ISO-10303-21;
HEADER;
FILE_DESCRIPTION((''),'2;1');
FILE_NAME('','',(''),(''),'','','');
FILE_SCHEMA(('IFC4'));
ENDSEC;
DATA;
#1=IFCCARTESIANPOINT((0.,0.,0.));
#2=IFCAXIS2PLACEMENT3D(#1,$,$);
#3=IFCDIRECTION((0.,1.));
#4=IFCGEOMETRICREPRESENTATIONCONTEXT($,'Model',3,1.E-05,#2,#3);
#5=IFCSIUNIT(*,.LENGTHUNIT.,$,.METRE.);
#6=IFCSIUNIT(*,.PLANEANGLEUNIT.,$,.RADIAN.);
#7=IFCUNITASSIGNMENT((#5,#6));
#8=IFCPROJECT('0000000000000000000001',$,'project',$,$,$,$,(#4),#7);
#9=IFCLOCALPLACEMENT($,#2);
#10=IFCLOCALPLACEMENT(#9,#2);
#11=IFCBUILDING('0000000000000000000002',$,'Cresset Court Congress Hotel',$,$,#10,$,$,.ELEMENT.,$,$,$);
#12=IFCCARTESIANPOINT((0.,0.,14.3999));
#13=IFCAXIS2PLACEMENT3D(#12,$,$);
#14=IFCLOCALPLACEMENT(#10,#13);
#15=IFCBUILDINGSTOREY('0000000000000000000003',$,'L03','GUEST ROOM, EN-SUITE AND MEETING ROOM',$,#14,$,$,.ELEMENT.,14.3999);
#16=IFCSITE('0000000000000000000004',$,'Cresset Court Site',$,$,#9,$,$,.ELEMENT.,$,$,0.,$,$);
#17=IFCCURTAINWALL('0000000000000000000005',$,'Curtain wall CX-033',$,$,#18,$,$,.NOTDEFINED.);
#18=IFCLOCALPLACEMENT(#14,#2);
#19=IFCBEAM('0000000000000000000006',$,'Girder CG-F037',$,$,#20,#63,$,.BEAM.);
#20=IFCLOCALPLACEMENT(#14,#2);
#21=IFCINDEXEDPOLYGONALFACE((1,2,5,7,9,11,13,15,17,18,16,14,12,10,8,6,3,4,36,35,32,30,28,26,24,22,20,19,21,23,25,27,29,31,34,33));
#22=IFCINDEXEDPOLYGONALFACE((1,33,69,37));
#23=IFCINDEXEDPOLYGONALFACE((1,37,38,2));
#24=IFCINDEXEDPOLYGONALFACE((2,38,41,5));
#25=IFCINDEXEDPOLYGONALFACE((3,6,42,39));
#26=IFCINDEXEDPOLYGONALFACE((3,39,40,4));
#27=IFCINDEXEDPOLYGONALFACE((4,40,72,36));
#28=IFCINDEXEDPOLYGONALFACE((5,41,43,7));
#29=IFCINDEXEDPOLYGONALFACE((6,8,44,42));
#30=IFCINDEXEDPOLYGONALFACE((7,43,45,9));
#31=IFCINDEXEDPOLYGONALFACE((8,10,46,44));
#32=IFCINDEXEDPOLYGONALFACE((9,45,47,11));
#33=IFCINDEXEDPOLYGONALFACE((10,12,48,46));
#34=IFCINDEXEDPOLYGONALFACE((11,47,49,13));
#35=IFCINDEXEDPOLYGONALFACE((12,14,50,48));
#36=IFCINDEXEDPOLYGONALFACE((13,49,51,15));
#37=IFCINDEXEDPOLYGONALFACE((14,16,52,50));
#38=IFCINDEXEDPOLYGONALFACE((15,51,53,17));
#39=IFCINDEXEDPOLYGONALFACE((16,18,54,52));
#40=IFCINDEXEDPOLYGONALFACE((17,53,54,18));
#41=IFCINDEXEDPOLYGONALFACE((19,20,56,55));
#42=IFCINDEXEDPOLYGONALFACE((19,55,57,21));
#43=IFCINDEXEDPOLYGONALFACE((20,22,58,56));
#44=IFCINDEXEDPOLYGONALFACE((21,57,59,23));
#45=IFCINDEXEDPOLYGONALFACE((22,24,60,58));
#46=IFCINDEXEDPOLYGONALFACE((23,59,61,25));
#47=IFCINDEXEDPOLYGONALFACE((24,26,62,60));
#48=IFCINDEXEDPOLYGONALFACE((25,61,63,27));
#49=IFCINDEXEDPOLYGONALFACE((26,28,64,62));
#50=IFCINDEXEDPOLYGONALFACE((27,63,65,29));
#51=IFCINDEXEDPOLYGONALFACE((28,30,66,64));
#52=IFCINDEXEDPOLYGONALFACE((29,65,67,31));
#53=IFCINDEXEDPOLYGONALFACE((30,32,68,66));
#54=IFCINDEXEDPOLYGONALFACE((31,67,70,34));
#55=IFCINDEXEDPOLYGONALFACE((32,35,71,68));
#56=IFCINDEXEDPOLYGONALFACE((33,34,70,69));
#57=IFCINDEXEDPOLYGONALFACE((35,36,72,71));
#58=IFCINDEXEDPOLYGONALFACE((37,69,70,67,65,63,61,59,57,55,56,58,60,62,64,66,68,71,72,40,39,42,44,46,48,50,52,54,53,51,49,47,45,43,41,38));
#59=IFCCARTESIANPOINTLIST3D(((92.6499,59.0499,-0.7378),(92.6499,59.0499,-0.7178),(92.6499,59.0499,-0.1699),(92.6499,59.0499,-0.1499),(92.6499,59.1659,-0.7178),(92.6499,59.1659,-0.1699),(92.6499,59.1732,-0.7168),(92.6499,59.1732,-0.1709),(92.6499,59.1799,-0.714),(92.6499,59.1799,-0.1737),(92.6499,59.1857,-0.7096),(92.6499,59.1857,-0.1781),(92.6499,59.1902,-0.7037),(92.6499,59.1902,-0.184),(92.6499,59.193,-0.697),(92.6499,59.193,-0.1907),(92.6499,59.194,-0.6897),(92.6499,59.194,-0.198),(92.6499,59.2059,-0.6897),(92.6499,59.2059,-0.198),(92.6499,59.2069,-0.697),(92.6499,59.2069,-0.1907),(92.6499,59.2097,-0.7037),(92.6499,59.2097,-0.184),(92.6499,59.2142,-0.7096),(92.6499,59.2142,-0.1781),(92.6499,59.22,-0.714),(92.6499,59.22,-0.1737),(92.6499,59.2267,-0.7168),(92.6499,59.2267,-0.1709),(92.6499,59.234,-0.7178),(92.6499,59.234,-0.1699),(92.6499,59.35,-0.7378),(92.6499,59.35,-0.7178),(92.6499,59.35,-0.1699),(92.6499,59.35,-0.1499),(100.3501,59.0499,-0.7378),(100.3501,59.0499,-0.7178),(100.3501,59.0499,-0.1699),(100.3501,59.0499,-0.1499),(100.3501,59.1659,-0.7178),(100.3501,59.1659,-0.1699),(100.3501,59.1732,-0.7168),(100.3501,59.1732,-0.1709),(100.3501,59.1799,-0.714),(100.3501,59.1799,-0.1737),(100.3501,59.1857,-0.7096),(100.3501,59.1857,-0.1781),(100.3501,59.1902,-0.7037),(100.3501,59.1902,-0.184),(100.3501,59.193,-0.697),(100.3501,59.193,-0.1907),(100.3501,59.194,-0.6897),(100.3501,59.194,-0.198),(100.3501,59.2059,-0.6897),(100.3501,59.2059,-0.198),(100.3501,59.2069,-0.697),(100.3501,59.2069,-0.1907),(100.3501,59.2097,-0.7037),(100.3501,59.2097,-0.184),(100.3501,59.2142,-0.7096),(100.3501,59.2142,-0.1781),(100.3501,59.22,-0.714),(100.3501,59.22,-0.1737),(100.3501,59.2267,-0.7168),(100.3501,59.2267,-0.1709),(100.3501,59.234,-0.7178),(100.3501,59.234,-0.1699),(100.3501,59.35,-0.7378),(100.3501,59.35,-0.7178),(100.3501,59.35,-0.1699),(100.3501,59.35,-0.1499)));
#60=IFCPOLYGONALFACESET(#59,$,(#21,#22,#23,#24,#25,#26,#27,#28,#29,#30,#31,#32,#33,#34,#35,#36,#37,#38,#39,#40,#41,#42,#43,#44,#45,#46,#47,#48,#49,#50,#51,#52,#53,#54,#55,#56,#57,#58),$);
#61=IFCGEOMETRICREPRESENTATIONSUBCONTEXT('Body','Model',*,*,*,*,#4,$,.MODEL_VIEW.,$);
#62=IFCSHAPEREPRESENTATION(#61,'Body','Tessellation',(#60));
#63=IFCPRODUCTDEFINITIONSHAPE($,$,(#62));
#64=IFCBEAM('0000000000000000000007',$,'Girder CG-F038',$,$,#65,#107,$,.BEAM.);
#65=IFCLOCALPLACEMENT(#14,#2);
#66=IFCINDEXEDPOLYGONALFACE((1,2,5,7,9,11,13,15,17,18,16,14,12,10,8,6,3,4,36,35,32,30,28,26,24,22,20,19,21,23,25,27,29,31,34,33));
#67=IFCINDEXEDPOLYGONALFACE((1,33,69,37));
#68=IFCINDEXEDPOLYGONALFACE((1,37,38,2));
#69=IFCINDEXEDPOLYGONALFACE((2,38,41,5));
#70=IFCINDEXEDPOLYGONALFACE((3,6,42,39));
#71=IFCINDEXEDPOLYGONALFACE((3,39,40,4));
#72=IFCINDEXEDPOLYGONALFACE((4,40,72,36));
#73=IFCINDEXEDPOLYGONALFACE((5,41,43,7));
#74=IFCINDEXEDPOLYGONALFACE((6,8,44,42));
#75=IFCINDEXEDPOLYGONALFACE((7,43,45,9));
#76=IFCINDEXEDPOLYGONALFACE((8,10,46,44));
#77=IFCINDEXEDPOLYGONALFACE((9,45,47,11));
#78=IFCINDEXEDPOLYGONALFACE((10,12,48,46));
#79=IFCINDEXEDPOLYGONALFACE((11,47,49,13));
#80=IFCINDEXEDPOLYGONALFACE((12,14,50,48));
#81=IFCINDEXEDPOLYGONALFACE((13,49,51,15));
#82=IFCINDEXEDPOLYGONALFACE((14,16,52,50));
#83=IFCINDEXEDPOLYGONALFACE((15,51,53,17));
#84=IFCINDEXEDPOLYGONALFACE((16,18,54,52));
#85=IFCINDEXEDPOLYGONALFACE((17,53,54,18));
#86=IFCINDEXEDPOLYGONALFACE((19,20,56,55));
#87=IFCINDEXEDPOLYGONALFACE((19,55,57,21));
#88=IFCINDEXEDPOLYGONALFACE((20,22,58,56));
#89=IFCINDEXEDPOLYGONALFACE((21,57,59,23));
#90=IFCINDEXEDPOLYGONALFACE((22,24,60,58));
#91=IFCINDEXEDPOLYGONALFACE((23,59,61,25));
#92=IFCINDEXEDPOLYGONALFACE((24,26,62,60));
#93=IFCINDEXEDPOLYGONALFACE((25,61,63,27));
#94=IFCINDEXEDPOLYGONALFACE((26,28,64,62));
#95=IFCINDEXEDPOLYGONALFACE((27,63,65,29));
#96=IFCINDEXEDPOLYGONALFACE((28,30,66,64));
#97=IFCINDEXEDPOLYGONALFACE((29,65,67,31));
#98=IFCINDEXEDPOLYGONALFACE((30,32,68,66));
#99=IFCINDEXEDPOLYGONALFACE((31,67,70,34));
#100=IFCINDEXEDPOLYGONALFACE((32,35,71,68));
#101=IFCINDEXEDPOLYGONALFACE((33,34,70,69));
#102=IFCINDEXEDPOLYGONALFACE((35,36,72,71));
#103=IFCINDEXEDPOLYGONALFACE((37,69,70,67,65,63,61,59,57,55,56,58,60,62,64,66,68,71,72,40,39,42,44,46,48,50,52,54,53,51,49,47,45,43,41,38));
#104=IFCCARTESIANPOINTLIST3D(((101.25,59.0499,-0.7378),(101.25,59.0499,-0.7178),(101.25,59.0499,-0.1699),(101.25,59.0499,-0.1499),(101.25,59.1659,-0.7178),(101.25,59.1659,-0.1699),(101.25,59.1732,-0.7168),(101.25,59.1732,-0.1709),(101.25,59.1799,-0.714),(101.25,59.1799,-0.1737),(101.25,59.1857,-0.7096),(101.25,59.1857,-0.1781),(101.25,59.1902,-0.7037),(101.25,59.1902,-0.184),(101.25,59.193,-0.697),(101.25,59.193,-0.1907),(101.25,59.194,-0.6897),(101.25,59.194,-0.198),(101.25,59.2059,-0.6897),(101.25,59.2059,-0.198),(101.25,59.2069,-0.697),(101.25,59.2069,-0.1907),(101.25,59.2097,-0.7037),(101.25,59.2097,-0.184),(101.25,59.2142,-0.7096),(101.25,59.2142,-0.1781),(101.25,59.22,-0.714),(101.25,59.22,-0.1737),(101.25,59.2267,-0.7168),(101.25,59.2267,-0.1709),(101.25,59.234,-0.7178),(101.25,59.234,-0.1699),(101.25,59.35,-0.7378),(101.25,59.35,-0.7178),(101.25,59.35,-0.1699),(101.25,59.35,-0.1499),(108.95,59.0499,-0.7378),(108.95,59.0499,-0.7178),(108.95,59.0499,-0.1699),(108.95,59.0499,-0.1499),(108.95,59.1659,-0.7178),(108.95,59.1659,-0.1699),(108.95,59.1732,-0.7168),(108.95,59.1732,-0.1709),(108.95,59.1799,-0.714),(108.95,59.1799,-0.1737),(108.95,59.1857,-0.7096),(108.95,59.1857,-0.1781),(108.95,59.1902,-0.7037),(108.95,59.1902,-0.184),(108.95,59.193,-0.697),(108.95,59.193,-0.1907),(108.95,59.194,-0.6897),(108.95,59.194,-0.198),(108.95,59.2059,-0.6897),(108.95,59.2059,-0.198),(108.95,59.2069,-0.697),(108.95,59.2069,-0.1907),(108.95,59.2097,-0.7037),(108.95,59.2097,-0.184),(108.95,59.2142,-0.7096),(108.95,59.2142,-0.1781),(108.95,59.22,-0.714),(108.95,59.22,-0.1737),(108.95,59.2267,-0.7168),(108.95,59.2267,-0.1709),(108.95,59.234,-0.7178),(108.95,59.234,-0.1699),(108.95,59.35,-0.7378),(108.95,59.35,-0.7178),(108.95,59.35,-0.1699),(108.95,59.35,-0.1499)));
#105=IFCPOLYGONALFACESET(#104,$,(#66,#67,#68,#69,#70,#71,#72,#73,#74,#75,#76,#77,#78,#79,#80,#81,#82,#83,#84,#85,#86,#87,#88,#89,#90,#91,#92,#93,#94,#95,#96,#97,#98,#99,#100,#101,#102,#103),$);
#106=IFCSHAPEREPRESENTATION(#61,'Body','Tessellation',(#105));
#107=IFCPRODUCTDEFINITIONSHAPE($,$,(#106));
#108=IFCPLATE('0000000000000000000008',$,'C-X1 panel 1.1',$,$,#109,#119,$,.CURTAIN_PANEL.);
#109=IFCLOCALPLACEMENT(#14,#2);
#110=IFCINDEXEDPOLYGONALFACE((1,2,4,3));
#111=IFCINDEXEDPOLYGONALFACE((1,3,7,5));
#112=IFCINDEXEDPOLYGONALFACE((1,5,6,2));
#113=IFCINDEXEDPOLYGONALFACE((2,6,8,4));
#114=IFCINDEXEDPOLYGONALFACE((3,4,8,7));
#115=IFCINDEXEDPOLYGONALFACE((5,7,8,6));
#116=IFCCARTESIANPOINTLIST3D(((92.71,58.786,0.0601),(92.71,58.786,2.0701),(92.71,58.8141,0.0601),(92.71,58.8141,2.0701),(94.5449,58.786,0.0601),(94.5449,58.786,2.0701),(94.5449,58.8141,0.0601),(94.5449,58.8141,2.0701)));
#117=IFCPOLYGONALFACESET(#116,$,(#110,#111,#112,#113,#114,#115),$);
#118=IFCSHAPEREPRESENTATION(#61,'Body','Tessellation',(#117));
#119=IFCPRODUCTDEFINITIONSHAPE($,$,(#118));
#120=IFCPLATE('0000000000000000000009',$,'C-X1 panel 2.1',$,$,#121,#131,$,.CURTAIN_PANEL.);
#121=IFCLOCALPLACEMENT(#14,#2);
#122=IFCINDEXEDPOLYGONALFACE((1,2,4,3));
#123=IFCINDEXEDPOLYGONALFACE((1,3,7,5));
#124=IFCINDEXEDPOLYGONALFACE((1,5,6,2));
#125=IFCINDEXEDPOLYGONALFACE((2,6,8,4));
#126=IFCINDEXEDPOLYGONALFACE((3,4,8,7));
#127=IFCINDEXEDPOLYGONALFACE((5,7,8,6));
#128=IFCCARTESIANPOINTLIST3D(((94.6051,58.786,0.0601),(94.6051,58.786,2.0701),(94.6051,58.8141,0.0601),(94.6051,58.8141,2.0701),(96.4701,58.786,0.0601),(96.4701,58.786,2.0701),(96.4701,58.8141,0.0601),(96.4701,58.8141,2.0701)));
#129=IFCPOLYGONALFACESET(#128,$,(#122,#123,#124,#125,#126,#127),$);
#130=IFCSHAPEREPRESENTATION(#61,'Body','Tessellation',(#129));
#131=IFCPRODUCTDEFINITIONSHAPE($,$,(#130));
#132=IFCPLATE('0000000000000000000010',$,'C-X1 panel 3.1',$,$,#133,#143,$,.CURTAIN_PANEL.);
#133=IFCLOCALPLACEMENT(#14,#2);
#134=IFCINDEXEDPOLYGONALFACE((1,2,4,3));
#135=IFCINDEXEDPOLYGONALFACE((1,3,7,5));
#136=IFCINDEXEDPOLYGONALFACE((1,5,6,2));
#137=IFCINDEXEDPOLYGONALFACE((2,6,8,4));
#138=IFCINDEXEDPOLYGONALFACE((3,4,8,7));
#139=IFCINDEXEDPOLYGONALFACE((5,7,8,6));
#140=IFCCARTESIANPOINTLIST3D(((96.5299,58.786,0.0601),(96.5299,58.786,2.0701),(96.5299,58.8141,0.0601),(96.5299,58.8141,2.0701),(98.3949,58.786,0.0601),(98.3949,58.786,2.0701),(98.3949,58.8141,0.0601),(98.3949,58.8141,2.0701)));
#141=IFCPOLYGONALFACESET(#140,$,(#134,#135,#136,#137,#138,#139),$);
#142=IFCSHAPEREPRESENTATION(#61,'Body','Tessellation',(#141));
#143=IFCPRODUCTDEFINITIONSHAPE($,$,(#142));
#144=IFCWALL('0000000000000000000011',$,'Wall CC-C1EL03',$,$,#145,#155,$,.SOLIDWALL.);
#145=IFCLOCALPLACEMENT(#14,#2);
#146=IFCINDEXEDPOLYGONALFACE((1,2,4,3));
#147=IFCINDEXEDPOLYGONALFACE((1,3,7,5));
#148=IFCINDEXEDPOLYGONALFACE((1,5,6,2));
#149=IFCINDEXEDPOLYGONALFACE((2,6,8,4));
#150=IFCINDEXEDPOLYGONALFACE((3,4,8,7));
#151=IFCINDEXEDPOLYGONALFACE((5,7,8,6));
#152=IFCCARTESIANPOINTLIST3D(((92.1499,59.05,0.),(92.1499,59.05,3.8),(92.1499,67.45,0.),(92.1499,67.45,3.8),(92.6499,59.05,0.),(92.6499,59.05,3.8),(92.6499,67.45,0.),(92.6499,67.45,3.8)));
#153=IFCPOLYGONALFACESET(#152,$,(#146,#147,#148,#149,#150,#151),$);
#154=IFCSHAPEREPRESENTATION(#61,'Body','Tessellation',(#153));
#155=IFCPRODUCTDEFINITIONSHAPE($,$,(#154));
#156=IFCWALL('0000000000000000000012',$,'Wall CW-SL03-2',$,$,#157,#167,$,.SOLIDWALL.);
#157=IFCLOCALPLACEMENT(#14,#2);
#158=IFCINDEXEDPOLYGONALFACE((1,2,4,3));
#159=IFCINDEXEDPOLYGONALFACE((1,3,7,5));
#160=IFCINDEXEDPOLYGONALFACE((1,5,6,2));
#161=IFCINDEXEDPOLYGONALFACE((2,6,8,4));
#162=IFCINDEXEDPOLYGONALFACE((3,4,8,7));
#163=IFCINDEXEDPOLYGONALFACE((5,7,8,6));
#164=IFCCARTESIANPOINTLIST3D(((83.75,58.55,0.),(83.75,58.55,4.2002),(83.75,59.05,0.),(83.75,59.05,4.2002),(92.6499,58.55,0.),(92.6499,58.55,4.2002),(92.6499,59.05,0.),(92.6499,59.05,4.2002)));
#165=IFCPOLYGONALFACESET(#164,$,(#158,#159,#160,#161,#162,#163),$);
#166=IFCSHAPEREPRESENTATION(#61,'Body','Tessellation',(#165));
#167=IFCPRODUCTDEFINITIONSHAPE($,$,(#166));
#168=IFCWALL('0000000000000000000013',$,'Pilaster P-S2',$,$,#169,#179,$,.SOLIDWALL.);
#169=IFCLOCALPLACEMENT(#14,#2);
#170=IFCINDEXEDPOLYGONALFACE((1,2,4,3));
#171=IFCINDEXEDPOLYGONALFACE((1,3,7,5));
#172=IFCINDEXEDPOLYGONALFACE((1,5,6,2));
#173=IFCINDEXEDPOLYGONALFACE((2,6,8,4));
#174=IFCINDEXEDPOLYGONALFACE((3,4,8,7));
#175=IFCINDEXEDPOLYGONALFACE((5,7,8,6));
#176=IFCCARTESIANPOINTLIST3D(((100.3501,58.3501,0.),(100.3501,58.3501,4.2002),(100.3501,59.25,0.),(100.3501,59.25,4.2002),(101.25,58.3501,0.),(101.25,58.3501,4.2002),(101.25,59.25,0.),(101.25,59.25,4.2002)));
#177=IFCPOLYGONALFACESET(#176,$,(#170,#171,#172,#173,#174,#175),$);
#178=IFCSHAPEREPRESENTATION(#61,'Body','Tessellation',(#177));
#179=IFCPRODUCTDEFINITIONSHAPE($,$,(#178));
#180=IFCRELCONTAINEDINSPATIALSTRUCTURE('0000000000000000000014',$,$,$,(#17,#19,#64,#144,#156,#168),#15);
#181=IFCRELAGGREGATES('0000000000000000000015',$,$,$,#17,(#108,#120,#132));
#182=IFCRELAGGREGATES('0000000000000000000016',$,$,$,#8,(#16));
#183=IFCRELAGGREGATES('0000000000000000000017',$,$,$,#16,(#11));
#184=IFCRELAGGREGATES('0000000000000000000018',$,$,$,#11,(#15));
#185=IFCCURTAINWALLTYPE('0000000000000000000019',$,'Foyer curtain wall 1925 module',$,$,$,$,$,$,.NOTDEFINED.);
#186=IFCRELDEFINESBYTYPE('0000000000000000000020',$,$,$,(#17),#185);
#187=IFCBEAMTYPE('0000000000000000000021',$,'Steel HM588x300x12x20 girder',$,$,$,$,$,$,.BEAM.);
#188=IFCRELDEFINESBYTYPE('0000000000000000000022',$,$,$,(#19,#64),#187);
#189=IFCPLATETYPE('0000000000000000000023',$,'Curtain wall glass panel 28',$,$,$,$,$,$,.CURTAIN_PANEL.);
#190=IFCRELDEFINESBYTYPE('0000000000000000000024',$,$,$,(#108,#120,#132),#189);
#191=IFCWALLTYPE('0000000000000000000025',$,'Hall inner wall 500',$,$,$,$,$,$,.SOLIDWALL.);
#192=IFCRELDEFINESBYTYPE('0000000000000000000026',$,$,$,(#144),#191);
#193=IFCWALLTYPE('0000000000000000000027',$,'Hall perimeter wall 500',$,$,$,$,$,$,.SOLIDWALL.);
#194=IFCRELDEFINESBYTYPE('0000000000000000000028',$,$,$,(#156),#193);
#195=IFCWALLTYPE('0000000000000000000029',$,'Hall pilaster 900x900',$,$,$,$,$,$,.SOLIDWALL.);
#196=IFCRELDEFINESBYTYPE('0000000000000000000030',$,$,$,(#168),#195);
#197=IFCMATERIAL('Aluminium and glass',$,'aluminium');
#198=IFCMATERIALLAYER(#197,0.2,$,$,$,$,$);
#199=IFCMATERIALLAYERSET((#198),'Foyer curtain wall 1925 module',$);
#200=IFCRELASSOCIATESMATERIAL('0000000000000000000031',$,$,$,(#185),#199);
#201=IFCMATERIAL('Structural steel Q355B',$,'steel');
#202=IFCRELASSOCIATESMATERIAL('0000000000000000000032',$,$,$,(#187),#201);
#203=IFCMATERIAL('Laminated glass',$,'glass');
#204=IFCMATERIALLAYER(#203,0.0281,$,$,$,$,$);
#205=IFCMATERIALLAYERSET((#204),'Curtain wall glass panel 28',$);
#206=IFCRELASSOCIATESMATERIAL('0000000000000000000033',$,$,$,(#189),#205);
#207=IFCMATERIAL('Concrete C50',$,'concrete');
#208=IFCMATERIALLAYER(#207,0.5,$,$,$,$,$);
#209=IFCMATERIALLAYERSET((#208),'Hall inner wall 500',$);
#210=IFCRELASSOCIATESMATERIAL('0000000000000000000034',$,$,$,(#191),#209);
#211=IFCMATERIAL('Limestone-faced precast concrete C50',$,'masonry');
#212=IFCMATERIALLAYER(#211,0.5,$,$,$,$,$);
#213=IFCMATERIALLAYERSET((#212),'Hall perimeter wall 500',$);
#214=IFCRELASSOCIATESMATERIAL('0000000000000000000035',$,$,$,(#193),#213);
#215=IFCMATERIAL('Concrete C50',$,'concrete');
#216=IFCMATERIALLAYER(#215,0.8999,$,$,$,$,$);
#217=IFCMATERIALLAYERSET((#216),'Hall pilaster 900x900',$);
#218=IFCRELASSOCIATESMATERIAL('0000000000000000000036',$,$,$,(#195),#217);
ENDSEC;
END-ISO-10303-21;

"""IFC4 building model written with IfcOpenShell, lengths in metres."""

from ifc_helpers import new_model, si_unit, direction, frame, frame_2d, origin, origin_2d, place, context, subcontext, project, spatial, rectangle, i_section, extrude, material, layer, layer_set, material_profile, profile_set, type_object, element, aggregate, save


model = new_model("IFC4")

# Units and contexts
model_context = context("Model", 3, precision=1e-05, world=origin(), true_north=direction((0.0, 1.0)))
body_context = subcontext(model_context, "Body", "Model", "MODEL_VIEW")
ifc_project = project(units=[si_unit("LENGTHUNIT", "METRE"), si_unit("PLANEANGLEUNIT", "RADIAN")], contexts=[model_context])

# Site, building, storey
site_placement = place(None, origin())
site = spatial("IfcSite", under=ifc_project, at=site_placement, Name="Cresset Court Site", CompositionType="ELEMENT", RefElevation=0.0)
building_placement = place(site_placement, origin())
building = spatial("IfcBuilding", under=site, at=building_placement, Name="Cresset Court Congress Hotel", CompositionType="ELEMENT")
storey_placement = place(building_placement, frame((0.0, 0.0, 14.3999)))
storey = spatial("IfcBuildingStorey", under=building, at=storey_placement, Name="L03", Description="GUEST ROOM, EN-SUITE AND MEETING ROOM", CompositionType="ELEMENT", Elevation=14.3999)

# Curtain wall
ifc_material_1 = material(Name="Aluminium and glass", Category="aluminium")
ifc_layer_1 = layer(ifc_material_1, 0.2)
ifc_layer_set_1 = layer_set([ifc_layer_1], Name="Foyer curtain wall 1925 module")
curtain_wall_type = type_object("IfcCurtainWallType", Name="Foyer curtain wall 1925 module", PredefinedType="NOTDEFINED", material=ifc_layer_set_1)
curtain_wall_1_placement = place(storey_placement, origin())
curtain_wall_1 = element("IfcCurtainWall", 1, at=curtain_wall_1_placement, inside=storey, type_object=curtain_wall_type, Name="Curtain wall CX-033", PredefinedType="NOTDEFINED")

# Beams
ifc_material_2 = material(Name="Structural steel Q355B", Category="steel")
ifc_material_profile_1 = material_profile(ifc_material_2, i_section(OverallWidth=0.3, OverallDepth=0.5879, WebThickness=0.012, FlangeThickness=0.02, FilletRadius=0.0281, at=origin_2d()), Name="HM588x300x12x20")
ifc_profile_set_1 = profile_set([ifc_material_profile_1], Name="Structural steel Q355B")
beam_type = type_object("IfcBeamType", Name="Steel HM588x300x12x20 girder", PredefinedType="BEAM", material=ifc_profile_set_1)
beam_1_placement = place(storey_placement, frame((92.6499, 59.2, -0.4438), z_axis=(1.0, 0.0, 0.0), x_axis=(0.0, 1.0, 0.0)))
element("IfcBeam", 2, at=beam_1_placement, inside=storey, type_object=beam_type, Name="Girder CG-F037", PredefinedType="BEAM", context=body_context, shape_type="SweptSolid", body=[
    extrude(i_section(OverallWidth=0.3, OverallDepth=0.5879, WebThickness=0.012, FlangeThickness=0.02, FilletRadius=0.0281, at=origin_2d()), origin(), (0.0, 0.0, 1.0), 7.7002),
])
beam_2_placement = place(storey_placement, frame((101.25, 59.2, -0.4438), z_axis=(1.0, 0.0, 0.0), x_axis=(0.0, 1.0, 0.0)))
element("IfcBeam", 3, at=beam_2_placement, inside=storey, type_object=beam_type, Name="Girder CG-F038", PredefinedType="BEAM", context=body_context, shape_type="SweptSolid", body=[
    extrude(i_section(OverallWidth=0.3, OverallDepth=0.5879, WebThickness=0.012, FlangeThickness=0.02, FilletRadius=0.0281, at=origin_2d()), origin(), (0.0, 0.0, 1.0), 7.7),
])

# Plates
ifc_material_3 = material(Name="Laminated glass", Category="glass")
ifc_layer_2 = layer(ifc_material_3, 0.0281)
ifc_layer_set_2 = layer_set([ifc_layer_2], Name="Curtain wall glass panel 28")
plate_type = type_object("IfcPlateType", Name="Curtain wall glass panel 28", PredefinedType="CURTAIN_PANEL", material=ifc_layer_set_2)
plate_1_placement = place(storey_placement, frame((93.6274, 58.8, 0.0601), z_axis=(0.0, 0.0, 1.0), x_axis=(1.0, 0.0, 0.0)))
plate_1 = element("IfcPlate", 4, at=plate_1_placement, type_object=plate_type, Name="C-X1 panel 1.1", PredefinedType="CURTAIN_PANEL", context=body_context, shape_type="SweptSolid", body=[
    extrude(rectangle(XDim=1.835, YDim=0.0281, at=origin_2d()), origin(), (0.0, 0.0, 1.0), 2.01),
])
plate_2_placement = place(storey_placement, frame((95.5376, 58.8, 0.0601), z_axis=(0.0, 0.0, 1.0), x_axis=(1.0, 0.0, 0.0)))
plate_2 = element("IfcPlate", 5, at=plate_2_placement, type_object=plate_type, Name="C-X1 panel 2.1", PredefinedType="CURTAIN_PANEL", context=body_context, shape_type="SweptSolid", body=[
    extrude(rectangle(XDim=1.865, YDim=0.0281, at=origin_2d()), origin(), (0.0, 0.0, 1.0), 2.01),
])
plate_3_placement = place(storey_placement, frame((97.4624, 58.8, 0.0601), z_axis=(0.0, 0.0, 1.0), x_axis=(1.0, 0.0, 0.0)))
plate_3 = element("IfcPlate", 6, at=plate_3_placement, type_object=plate_type, Name="C-X1 panel 3.1", PredefinedType="CURTAIN_PANEL", context=body_context, shape_type="SweptSolid", body=[
    extrude(rectangle(XDim=1.865, YDim=0.0281, at=origin_2d()), origin(), (0.0, 0.0, 1.0), 2.01),
])
aggregate(curtain_wall_1, [plate_1, plate_2, plate_3])

# Walls
ifc_material_4 = material(Name="Concrete C50", Category="concrete")
ifc_layer_3 = layer(ifc_material_4, 0.5)
ifc_layer_set_3 = layer_set([ifc_layer_3], Name="Hall inner wall 500")
wall_type_1 = type_object("IfcWallType", Name="Hall inner wall 500", PredefinedType="SOLIDWALL", material=ifc_layer_set_3)
wall_1_placement = place(storey_placement, frame((92.3999, 59.05, 0.0), z_axis=(0.0, 0.0, 1.0), x_axis=(0.0, 1.0, 0.0)))
element("IfcWall", 7, at=wall_1_placement, inside=storey, type_object=wall_type_1, Name="Wall CC-C1EL03", PredefinedType="SOLIDWALL", context=body_context, shape_type="SweptSolid", body=[
    extrude(rectangle(XDim=8.3999, YDim=0.5, at=frame_2d((4.2, 0.0))), origin(), (0.0, 0.0, 1.0), 3.8),
])
ifc_material_5 = material(Name="Limestone-faced precast concrete C50", Category="masonry")
ifc_layer_4 = layer(ifc_material_5, 0.5)
ifc_layer_set_4 = layer_set([ifc_layer_4], Name="Hall perimeter wall 500")
wall_type_2 = type_object("IfcWallType", Name="Hall perimeter wall 500", PredefinedType="SOLIDWALL", material=ifc_layer_set_4)
wall_2_placement = place(storey_placement, frame((92.6499, 58.8, 0.0), z_axis=(0.0, 0.0, 1.0), x_axis=(-1.0, 0.0, 0.0)))
element("IfcWall", 8, at=wall_2_placement, inside=storey, type_object=wall_type_2, Name="Wall CW-SL03-2", PredefinedType="SOLIDWALL", context=body_context, shape_type="SweptSolid", body=[
    extrude(rectangle(XDim=8.8999, YDim=0.5, at=frame_2d((4.45, 0.0))), origin(), (0.0, 0.0, 1.0), 4.2002),
])
ifc_material_6 = material(Name="Concrete C50", Category="concrete")
ifc_layer_5 = layer(ifc_material_6, 0.8999)
ifc_layer_set_5 = layer_set([ifc_layer_5], Name="Hall pilaster 900x900")
wall_type_3 = type_object("IfcWallType", Name="Hall pilaster 900x900", PredefinedType="SOLIDWALL", material=ifc_layer_set_5)
wall_3_placement = place(storey_placement, frame((100.3501, 58.8, 0.0), z_axis=(0.0, 0.0, 1.0), x_axis=(1.0, 0.0, 0.0)))
element("IfcWall", 9, at=wall_3_placement, inside=storey, type_object=wall_type_3, Name="Pilaster P-S2", PredefinedType="SOLIDWALL", context=body_context, shape_type="SweptSolid", body=[
    extrude(rectangle(XDim=0.8999, YDim=0.8999, at=frame_2d((0.45, 0.0))), origin(), (0.0, 0.0, 1.0), 4.2002),
])

save(model, "model.ifc")
